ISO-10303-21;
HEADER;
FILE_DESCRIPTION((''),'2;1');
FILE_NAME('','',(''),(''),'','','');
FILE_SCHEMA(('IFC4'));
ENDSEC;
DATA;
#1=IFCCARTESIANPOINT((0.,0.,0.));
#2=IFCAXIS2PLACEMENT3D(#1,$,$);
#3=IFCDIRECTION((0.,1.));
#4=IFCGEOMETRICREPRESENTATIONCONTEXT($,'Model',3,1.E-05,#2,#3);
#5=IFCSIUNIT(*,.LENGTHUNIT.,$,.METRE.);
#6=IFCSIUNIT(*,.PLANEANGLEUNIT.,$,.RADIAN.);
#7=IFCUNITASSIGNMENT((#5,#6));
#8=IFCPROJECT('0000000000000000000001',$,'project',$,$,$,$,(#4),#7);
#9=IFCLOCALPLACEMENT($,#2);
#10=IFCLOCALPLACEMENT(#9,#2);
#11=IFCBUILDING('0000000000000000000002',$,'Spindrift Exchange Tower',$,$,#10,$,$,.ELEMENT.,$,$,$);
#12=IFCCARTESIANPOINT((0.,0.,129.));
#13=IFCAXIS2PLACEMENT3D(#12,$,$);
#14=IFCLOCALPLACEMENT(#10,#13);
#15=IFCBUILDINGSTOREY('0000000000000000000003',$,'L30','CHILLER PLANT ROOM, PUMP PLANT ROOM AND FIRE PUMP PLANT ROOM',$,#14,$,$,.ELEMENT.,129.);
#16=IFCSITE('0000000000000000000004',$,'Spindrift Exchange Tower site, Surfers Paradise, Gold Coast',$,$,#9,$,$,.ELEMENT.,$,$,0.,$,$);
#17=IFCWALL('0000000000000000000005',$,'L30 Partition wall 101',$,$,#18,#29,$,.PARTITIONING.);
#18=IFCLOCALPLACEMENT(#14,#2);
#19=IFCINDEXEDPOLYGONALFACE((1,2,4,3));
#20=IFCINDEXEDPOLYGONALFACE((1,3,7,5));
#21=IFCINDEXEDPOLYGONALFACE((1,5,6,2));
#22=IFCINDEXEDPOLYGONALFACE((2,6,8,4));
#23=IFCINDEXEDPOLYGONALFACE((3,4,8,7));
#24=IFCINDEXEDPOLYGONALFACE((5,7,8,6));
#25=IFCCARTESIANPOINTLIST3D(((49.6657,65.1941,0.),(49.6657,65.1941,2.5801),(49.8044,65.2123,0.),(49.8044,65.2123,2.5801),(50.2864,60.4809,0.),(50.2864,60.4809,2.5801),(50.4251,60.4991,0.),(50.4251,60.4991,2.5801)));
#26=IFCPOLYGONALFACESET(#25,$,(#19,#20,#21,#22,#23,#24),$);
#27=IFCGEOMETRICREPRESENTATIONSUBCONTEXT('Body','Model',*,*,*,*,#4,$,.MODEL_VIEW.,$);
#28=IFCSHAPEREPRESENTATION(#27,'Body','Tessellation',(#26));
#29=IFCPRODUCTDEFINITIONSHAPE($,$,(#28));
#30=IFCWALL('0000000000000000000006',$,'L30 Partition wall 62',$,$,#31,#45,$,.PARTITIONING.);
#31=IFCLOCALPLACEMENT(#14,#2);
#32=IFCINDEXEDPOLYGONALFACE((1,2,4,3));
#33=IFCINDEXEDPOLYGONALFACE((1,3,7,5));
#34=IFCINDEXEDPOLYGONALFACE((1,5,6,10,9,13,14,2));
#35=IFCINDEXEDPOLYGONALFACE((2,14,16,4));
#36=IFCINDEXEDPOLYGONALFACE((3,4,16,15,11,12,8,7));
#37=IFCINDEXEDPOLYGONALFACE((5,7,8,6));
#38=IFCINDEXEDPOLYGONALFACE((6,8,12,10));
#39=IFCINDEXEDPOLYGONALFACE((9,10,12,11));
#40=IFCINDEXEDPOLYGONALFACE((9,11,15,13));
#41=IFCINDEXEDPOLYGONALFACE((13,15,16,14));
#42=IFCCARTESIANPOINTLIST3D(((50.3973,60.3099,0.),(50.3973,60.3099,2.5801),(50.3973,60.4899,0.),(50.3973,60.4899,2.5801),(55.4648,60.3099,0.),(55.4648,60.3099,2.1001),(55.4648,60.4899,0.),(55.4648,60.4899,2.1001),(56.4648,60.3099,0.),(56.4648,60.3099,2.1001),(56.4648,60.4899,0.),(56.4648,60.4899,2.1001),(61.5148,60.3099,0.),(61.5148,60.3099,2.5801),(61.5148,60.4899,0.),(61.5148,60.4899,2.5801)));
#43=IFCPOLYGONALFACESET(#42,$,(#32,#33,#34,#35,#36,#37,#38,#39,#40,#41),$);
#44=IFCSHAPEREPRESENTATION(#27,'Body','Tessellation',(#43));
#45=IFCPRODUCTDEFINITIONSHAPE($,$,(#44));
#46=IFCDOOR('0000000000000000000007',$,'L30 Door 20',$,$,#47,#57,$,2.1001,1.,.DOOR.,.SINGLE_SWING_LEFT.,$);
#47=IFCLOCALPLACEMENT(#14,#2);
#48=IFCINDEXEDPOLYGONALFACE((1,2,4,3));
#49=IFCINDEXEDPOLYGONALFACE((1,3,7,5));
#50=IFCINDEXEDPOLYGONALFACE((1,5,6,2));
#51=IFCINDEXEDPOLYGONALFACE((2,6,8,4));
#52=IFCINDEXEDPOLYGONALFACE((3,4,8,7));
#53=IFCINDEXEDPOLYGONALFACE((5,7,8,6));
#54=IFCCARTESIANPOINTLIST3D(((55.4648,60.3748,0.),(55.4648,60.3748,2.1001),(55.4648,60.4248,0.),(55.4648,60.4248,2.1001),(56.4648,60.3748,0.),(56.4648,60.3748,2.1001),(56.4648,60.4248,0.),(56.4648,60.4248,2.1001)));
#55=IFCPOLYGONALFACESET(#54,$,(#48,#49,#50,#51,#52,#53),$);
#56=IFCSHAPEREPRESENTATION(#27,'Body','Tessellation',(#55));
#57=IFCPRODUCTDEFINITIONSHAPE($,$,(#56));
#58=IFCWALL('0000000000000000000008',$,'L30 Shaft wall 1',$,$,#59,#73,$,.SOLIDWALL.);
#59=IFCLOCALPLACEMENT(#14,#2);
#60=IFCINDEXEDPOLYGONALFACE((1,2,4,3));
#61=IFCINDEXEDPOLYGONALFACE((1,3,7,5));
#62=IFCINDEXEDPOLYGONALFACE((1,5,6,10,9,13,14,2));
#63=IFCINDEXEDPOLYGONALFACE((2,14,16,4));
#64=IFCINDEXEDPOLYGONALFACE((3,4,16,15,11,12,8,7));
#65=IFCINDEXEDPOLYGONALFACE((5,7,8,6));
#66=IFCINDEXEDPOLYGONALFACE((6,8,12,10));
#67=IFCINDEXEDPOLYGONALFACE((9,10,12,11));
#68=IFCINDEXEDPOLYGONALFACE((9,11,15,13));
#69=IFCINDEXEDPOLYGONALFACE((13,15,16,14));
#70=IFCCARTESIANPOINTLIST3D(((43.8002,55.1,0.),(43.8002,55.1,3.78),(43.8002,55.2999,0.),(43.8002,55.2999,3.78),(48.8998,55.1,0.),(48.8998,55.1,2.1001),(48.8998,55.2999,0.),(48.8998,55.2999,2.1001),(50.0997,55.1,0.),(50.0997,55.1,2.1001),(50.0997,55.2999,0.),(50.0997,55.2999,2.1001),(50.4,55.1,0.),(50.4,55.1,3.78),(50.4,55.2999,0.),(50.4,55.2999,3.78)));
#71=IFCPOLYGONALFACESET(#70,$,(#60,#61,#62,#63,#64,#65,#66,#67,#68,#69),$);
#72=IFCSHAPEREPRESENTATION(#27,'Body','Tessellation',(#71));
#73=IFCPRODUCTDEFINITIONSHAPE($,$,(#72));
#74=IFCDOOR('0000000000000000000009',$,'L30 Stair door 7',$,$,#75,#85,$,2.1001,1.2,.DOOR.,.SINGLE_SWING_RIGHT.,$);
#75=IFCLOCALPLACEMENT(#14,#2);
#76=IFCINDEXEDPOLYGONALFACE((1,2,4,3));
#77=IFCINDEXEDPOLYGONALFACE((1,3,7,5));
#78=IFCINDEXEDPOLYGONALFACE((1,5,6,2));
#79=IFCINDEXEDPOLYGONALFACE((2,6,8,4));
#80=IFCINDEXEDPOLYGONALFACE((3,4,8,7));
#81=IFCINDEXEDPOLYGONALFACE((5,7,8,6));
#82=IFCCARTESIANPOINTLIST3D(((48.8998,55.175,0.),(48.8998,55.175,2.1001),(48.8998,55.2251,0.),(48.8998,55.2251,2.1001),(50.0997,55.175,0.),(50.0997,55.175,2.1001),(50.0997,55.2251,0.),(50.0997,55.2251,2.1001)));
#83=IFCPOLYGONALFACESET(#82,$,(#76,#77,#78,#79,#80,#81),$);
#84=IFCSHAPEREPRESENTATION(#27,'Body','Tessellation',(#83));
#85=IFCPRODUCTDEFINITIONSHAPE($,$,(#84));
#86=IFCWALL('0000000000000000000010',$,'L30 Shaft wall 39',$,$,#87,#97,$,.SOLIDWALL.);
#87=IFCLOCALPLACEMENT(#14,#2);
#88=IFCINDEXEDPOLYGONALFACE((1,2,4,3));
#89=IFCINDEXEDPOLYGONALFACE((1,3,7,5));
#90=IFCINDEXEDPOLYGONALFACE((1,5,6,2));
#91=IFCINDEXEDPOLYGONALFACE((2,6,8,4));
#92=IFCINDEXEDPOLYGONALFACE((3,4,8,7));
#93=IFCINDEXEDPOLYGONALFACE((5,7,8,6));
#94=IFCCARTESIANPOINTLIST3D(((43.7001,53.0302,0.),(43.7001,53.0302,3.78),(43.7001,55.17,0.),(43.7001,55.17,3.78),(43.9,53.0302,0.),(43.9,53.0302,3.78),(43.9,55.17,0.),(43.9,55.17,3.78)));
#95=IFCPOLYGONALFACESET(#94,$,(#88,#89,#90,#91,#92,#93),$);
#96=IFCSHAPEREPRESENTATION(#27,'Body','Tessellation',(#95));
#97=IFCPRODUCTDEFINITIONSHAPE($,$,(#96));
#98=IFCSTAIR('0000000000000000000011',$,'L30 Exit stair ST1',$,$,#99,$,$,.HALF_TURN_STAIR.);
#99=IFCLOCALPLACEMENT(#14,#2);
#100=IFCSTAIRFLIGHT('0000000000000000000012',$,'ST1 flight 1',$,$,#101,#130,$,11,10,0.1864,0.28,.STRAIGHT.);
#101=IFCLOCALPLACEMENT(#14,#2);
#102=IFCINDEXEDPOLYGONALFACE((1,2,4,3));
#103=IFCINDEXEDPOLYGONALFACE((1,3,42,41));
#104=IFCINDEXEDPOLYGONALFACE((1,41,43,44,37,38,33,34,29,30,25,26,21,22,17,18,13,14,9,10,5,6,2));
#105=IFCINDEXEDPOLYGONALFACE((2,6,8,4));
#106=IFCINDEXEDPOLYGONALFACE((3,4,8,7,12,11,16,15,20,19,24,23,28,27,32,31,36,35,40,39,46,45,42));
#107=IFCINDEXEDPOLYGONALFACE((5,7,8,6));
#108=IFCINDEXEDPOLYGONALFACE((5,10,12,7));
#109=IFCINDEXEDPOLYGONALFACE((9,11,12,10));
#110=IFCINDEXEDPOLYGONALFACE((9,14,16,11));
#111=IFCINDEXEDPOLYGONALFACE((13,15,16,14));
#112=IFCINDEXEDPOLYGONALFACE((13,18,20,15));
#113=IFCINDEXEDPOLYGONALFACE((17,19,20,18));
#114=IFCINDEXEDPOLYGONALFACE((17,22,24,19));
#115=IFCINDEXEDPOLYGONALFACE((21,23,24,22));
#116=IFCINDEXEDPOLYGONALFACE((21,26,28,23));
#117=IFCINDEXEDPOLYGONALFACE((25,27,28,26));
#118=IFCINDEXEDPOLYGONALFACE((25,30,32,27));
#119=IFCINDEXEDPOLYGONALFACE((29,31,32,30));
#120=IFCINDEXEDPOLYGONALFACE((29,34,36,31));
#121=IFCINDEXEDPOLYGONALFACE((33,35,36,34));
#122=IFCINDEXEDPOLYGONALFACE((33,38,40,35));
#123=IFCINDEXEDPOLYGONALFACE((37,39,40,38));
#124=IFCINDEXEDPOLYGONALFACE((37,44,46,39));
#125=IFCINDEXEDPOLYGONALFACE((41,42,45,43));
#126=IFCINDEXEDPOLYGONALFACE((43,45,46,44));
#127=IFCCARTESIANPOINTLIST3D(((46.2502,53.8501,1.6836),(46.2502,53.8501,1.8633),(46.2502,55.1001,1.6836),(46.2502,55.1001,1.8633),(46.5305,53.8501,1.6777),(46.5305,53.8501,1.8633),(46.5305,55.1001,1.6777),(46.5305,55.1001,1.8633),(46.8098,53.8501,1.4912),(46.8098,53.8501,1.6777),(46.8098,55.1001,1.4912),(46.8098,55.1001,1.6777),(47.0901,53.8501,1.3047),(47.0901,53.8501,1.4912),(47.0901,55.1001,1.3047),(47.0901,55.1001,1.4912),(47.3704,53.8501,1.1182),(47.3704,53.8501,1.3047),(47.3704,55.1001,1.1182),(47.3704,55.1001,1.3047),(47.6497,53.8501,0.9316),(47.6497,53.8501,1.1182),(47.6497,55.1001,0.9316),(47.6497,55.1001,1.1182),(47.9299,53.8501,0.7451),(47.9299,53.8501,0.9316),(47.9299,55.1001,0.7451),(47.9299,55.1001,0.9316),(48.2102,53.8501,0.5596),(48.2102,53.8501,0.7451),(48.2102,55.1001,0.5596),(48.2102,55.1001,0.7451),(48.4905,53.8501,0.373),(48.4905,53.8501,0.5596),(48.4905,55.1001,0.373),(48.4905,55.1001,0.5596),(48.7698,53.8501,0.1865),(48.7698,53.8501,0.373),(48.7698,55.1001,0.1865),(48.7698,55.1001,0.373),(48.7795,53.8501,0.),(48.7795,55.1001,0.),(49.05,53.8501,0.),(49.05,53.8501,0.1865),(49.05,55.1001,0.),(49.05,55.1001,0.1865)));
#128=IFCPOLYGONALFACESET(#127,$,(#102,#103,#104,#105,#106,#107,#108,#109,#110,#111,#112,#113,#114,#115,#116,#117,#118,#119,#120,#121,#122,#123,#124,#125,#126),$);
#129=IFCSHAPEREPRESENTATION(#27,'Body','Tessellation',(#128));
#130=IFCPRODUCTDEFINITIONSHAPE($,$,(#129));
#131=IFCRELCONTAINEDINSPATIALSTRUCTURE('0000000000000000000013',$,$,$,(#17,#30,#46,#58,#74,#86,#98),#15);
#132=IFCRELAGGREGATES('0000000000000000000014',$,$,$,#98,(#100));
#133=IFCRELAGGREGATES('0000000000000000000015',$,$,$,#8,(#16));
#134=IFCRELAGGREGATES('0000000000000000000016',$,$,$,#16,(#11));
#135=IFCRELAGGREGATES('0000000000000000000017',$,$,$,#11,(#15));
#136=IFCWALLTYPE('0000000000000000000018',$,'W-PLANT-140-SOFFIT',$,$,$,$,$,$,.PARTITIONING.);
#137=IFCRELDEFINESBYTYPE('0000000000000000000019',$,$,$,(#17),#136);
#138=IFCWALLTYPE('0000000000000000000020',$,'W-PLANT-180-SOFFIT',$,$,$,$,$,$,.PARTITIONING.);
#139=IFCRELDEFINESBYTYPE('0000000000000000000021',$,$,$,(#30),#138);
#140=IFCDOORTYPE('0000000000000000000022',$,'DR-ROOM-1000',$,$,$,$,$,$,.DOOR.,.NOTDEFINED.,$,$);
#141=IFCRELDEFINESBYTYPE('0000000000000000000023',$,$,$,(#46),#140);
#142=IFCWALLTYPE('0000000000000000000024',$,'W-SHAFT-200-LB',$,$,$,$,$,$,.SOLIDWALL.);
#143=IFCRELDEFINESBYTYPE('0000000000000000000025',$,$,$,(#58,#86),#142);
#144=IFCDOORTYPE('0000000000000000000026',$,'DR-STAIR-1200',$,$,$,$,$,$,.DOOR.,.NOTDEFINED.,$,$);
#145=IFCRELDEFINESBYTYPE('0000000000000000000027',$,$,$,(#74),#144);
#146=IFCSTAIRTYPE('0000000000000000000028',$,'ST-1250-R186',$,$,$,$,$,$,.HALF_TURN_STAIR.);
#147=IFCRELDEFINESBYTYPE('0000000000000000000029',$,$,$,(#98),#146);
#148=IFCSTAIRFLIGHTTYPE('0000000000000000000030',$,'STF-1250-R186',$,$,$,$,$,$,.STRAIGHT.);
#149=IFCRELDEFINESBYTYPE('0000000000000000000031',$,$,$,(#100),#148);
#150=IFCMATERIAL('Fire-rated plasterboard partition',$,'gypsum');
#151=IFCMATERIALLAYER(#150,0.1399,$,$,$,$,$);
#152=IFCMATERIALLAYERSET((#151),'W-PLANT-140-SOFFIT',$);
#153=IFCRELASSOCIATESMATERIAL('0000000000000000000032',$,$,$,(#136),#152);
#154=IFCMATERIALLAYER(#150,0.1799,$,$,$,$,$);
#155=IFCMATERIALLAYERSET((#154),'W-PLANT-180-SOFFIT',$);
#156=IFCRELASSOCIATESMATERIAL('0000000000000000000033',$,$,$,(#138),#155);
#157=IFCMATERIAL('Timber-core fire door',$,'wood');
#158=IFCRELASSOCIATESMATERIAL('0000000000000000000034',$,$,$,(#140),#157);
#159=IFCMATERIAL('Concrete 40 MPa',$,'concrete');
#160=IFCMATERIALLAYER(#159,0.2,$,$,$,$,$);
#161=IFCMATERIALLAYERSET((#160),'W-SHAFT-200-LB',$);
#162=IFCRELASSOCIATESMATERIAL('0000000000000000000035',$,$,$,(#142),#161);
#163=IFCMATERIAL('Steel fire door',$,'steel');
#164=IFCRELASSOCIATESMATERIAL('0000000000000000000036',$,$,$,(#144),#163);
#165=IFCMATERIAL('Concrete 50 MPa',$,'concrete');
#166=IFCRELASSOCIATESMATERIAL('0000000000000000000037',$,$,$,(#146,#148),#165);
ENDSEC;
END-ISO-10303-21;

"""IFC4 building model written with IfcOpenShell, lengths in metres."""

from ifc_helpers import new_model, si_unit, direction, frame, frame_2d, origin, place, context, subcontext, project, spatial, line, indexed_curve, rectangle, outline, extrude, source, transform, mapped, material, layer, layer_set, type_object, element, fill, aggregate, save


model = new_model("IFC4")

# Units and contexts
model_context = context("Model", 3, precision=1e-05, world=origin(), true_north=direction((0.0, 1.0)))
body_context = subcontext(model_context, "Body", "Model", "MODEL_VIEW")
ifc_project = project(units=[si_unit("LENGTHUNIT", "METRE"), si_unit("PLANEANGLEUNIT", "RADIAN")], contexts=[model_context])

# Site, building, storey
site_placement = place(None, origin())
site = spatial("IfcSite", under=ifc_project, at=site_placement, Name="Spindrift Exchange Tower site, Surfers Paradise, Gold Coast", CompositionType="ELEMENT", RefElevation=0.0)
building_placement = place(site_placement, origin())
building = spatial("IfcBuilding", under=site, at=building_placement, Name="Spindrift Exchange Tower", CompositionType="ELEMENT")
storey_placement = place(building_placement, frame((0.0, 0.0, 129.0)))
storey = spatial("IfcBuildingStorey", under=building, at=storey_placement, Name="L30", Description="CHILLER PLANT ROOM, PUMP PLANT ROOM AND FIRE PUMP PLANT ROOM", CompositionType="ELEMENT", Elevation=129.0)

# Shared definitions
ifc_material_1 = material(Name="Timber-core fire door", Category="wood")
ifc_material_2 = material(Name="Fire-rated plasterboard partition", Category="gypsum")
ifc_material_3 = material(Name="Steel fire door", Category="steel")

# Wall
ifc_layer_1 = layer(ifc_material_2, 0.1399)
ifc_layer_set_1 = layer_set([ifc_layer_1], Name="W-PLANT-140-SOFFIT")
wall_type_1 = type_object("IfcWallType", Name="W-PLANT-140-SOFFIT", PredefinedType="PARTITIONING", material=ifc_layer_set_1)
wall_1_placement = place(storey_placement, frame((50.3557, 60.49, 0.0), z_axis=(0.0, 0.0, 1.0), x_axis=(-0.130549, 0.991442, 0.0)))
element("IfcWall", 1, at=wall_1_placement, inside=storey, type_object=wall_type_1, Name="L30 Partition wall 101", PredefinedType="PARTITIONING", context=body_context, shape_type="SweptSolid", body=[
    extrude(rectangle(XDim=4.7539, YDim=0.1399, at=frame_2d((2.377, 0.0))), origin(), (0.0, 0.0, 1.0), 2.5801),
])

# Walls, openings, doors
ifc_layer_2 = layer(ifc_material_2, 0.1799)
ifc_layer_set_2 = layer_set([ifc_layer_2], Name="W-PLANT-180-SOFFIT")
wall_type_2 = type_object("IfcWallType", Name="W-PLANT-180-SOFFIT", PredefinedType="PARTITIONING", material=ifc_layer_set_2)
wall_2_placement = place(storey_placement, frame((50.3975, 60.3999, 0.0), z_axis=(0.0, 0.0, 1.0), x_axis=(1.0, 0.0, 0.0)))
wall_2 = element("IfcWall", 2, at=wall_2_placement, inside=storey, type_object=wall_type_2, Name="L30 Partition wall 62", PredefinedType="PARTITIONING", context=body_context, shape_type="SweptSolid", body=[
    extrude(rectangle(XDim=11.1174, YDim=0.1799, at=frame_2d((5.5586, 0.0))), origin(), (0.0, 0.0, 1.0), 2.5801),
])
opening_1_placement = place(wall_2_placement, frame((5.0674, 0.0, 0.0)))
opening_1 = element("IfcOpeningElement", 3, at=opening_1_placement, cuts=wall_2, PredefinedType="OPENING", context=body_context, shape_type="SweptSolid", body=[
    extrude(rectangle(XDim=1.0, YDim=2.1001, at=frame_2d((0.5, 1.05))), frame((0.0, 0.0999, 0.0), z_axis=(0.0, -1.0, 0.0), x_axis=(1.0, 0.0, 0.0)), (0.0, 0.0, 1.0), 0.2),
])
door_type_1 = type_object("IfcDoorType", Name="DR-ROOM-1000", OperationType="NOTDEFINED", PredefinedType="DOOR", material=ifc_material_1)
shared_shape_1 = source(origin(), body_context, "Body", "SweptSolid", [
    extrude(rectangle(XDim=1.0, YDim=2.1001, at=frame_2d((0.5, 1.05))), frame((0.0, 0.0249, 0.0), z_axis=(0.0, -1.0, 0.0), x_axis=(1.0, 0.0, 0.0)), (0.0, 0.0, 1.0), 0.05),
])
door_1_placement = place(opening_1_placement, origin())
door_1 = element("IfcDoor", 4, at=door_1_placement, inside=storey, type_object=door_type_1, Name="L30 Door 20", OperationType="SINGLE_SWING_LEFT", OverallHeight=2.1001, OverallWidth=1.0, PredefinedType="DOOR", context=body_context, shape_type="MappedRepresentation", body=[
    mapped(shared_shape_1, transform((0.0, 0.0, 0.0), scale=1.0)),
])
fill(opening_1, door_1)
ifc_material_4 = material(Name="Concrete 40 MPa", Category="concrete")
ifc_layer_3 = layer(ifc_material_4, 0.2)
ifc_layer_set_3 = layer_set([ifc_layer_3], Name="W-SHAFT-200-LB")
wall_type_3 = type_object("IfcWallType", Name="W-SHAFT-200-LB", PredefinedType="SOLIDWALL", material=ifc_layer_set_3)
wall_3_placement = place(storey_placement, frame((50.3999, 55.2, 0.0), z_axis=(0.0, 0.0, 1.0), x_axis=(-1.0, 0.0, 0.0)))
wall_3 = element("IfcWall", 5, at=wall_3_placement, inside=storey, type_object=wall_type_3, Name="L30 Shaft wall 1", PredefinedType="SOLIDWALL", context=body_context, shape_type="SweptSolid", body=[
    extrude(rectangle(XDim=6.5999, YDim=0.2, at=frame_2d((3.2998, 0.0))), origin(), (0.0, 0.0, 1.0), 3.78),
])
opening_2_placement = place(wall_3_placement, frame((0.3, 0.0, 0.0)))
opening_2 = element("IfcOpeningElement", 6, at=opening_2_placement, cuts=wall_3, PredefinedType="OPENING", context=body_context, shape_type="SweptSolid", body=[
    extrude(rectangle(XDim=1.2, YDim=2.1001, at=frame_2d((0.6001, 1.05))), frame((0.0, 0.1099, 0.0), z_axis=(0.0, -1.0, 0.0), x_axis=(1.0, 0.0, 0.0)), (0.0, 0.0, 1.0), 0.22),
])
door_type_2 = type_object("IfcDoorType", Name="DR-STAIR-1200", OperationType="NOTDEFINED", PredefinedType="DOOR", material=ifc_material_3)
shared_shape_2 = source(origin(), body_context, "Body", "SweptSolid", [
    extrude(rectangle(XDim=1.2, YDim=2.1001, at=frame_2d((0.6001, 1.05))), frame((0.0, 0.0249, 0.0), z_axis=(0.0, -1.0, 0.0), x_axis=(1.0, 0.0, 0.0)), (0.0, 0.0, 1.0), 0.05),
])
door_2_placement = place(opening_2_placement, origin())
door_2 = element("IfcDoor", 7, at=door_2_placement, inside=storey, type_object=door_type_2, Name="L30 Stair door 7", OperationType="SINGLE_SWING_RIGHT", OverallHeight=2.1001, OverallWidth=1.2, PredefinedType="DOOR", context=body_context, shape_type="MappedRepresentation", body=[
    mapped(shared_shape_2, transform((0.0, 0.0, 0.0), scale=1.0)),
])
fill(opening_2, door_2)

# Wall
wall_4_placement = place(storey_placement, frame((43.8, 55.1699, 0.0), z_axis=(0.0, 0.0, 1.0), x_axis=(0.0, -1.0, 0.0)))
element("IfcWall", 8, at=wall_4_placement, inside=storey, type_object=wall_type_3, Name="L30 Shaft wall 39", PredefinedType="SOLIDWALL", context=body_context, shape_type="SweptSolid", body=[
    extrude(rectangle(XDim=2.1399, YDim=0.2, at=frame_2d((1.0698, 0.0))), origin(), (0.0, 0.0, 1.0), 3.78),
])

# Stair, stair flight
ifc_material_5 = material(Name="Concrete 50 MPa", Category="concrete")
stair_type = type_object("IfcStairType", Name="ST-1250-R186", PredefinedType="HALF_TURN_STAIR", material=ifc_material_5)
stair_placement = place(storey_placement, origin())
stair = element("IfcStair", 9, at=stair_placement, inside=storey, type_object=stair_type, Name="L30 Exit stair ST1", PredefinedType="HALF_TURN_STAIR")
stair_flight_type = type_object("IfcStairFlightType", Name="STF-1250-R186", PredefinedType="STRAIGHT", material=ifc_material_5)
stair_flight_placement = place(storey_placement, frame((49.05, 54.4751, 0.0), z_axis=(0.0, 0.0, 1.0), x_axis=(-1.0, 0.0, 0.0)))
stair_flight = element("IfcStairFlight", 10, at=stair_flight_placement, type_object=stair_flight_type, Name="ST1 flight 1", NumberOfRisers=11, NumberOfTreads=10, PredefinedType="STRAIGHT", RiserHeight=0.1864, TreadLength=0.28, context=body_context, shape_type="SweptSolid", body=[
    extrude(outline(indexed_curve([(0.0, 0.0), (0.0, 0.1865), (0.2803, 0.1865), (0.2803, 0.373), (0.5596, 0.373), (0.5596, 0.5596), (0.8398, 0.5596), (0.8398, 0.7451), (1.1201, 0.7451), (1.1201, 0.9316), (1.4004, 0.9316), (1.4004, 1.1182), (1.6797, 1.1182), (1.6797, 1.3047), (1.96, 1.3047), (1.96, 1.4912), (2.2402, 1.4912), (2.2402, 1.6777), (2.5195, 1.6777), (2.5195, 1.8633), (2.7998, 1.8633), (2.7998, 2.0498), (2.7998, 1.6836), (0.2705, 0.0)], segments=[line(1, 2, 3, 4, 5, 6, 7, 8, 9, 10, 11, 12, 13, 14, 15, 16, 17, 18, 19, 20, 21, 22, 23, 24, 1)], self_intersect=False)), frame((0.0, 0.625, 0.0), z_axis=(0.0, -1.0, 0.0), x_axis=(1.0, 0.0, 0.0)), (0.0, 0.0, 1.0), 1.25),
])
aggregate(stair, [stair_flight])

save(model, "model.ifc")
